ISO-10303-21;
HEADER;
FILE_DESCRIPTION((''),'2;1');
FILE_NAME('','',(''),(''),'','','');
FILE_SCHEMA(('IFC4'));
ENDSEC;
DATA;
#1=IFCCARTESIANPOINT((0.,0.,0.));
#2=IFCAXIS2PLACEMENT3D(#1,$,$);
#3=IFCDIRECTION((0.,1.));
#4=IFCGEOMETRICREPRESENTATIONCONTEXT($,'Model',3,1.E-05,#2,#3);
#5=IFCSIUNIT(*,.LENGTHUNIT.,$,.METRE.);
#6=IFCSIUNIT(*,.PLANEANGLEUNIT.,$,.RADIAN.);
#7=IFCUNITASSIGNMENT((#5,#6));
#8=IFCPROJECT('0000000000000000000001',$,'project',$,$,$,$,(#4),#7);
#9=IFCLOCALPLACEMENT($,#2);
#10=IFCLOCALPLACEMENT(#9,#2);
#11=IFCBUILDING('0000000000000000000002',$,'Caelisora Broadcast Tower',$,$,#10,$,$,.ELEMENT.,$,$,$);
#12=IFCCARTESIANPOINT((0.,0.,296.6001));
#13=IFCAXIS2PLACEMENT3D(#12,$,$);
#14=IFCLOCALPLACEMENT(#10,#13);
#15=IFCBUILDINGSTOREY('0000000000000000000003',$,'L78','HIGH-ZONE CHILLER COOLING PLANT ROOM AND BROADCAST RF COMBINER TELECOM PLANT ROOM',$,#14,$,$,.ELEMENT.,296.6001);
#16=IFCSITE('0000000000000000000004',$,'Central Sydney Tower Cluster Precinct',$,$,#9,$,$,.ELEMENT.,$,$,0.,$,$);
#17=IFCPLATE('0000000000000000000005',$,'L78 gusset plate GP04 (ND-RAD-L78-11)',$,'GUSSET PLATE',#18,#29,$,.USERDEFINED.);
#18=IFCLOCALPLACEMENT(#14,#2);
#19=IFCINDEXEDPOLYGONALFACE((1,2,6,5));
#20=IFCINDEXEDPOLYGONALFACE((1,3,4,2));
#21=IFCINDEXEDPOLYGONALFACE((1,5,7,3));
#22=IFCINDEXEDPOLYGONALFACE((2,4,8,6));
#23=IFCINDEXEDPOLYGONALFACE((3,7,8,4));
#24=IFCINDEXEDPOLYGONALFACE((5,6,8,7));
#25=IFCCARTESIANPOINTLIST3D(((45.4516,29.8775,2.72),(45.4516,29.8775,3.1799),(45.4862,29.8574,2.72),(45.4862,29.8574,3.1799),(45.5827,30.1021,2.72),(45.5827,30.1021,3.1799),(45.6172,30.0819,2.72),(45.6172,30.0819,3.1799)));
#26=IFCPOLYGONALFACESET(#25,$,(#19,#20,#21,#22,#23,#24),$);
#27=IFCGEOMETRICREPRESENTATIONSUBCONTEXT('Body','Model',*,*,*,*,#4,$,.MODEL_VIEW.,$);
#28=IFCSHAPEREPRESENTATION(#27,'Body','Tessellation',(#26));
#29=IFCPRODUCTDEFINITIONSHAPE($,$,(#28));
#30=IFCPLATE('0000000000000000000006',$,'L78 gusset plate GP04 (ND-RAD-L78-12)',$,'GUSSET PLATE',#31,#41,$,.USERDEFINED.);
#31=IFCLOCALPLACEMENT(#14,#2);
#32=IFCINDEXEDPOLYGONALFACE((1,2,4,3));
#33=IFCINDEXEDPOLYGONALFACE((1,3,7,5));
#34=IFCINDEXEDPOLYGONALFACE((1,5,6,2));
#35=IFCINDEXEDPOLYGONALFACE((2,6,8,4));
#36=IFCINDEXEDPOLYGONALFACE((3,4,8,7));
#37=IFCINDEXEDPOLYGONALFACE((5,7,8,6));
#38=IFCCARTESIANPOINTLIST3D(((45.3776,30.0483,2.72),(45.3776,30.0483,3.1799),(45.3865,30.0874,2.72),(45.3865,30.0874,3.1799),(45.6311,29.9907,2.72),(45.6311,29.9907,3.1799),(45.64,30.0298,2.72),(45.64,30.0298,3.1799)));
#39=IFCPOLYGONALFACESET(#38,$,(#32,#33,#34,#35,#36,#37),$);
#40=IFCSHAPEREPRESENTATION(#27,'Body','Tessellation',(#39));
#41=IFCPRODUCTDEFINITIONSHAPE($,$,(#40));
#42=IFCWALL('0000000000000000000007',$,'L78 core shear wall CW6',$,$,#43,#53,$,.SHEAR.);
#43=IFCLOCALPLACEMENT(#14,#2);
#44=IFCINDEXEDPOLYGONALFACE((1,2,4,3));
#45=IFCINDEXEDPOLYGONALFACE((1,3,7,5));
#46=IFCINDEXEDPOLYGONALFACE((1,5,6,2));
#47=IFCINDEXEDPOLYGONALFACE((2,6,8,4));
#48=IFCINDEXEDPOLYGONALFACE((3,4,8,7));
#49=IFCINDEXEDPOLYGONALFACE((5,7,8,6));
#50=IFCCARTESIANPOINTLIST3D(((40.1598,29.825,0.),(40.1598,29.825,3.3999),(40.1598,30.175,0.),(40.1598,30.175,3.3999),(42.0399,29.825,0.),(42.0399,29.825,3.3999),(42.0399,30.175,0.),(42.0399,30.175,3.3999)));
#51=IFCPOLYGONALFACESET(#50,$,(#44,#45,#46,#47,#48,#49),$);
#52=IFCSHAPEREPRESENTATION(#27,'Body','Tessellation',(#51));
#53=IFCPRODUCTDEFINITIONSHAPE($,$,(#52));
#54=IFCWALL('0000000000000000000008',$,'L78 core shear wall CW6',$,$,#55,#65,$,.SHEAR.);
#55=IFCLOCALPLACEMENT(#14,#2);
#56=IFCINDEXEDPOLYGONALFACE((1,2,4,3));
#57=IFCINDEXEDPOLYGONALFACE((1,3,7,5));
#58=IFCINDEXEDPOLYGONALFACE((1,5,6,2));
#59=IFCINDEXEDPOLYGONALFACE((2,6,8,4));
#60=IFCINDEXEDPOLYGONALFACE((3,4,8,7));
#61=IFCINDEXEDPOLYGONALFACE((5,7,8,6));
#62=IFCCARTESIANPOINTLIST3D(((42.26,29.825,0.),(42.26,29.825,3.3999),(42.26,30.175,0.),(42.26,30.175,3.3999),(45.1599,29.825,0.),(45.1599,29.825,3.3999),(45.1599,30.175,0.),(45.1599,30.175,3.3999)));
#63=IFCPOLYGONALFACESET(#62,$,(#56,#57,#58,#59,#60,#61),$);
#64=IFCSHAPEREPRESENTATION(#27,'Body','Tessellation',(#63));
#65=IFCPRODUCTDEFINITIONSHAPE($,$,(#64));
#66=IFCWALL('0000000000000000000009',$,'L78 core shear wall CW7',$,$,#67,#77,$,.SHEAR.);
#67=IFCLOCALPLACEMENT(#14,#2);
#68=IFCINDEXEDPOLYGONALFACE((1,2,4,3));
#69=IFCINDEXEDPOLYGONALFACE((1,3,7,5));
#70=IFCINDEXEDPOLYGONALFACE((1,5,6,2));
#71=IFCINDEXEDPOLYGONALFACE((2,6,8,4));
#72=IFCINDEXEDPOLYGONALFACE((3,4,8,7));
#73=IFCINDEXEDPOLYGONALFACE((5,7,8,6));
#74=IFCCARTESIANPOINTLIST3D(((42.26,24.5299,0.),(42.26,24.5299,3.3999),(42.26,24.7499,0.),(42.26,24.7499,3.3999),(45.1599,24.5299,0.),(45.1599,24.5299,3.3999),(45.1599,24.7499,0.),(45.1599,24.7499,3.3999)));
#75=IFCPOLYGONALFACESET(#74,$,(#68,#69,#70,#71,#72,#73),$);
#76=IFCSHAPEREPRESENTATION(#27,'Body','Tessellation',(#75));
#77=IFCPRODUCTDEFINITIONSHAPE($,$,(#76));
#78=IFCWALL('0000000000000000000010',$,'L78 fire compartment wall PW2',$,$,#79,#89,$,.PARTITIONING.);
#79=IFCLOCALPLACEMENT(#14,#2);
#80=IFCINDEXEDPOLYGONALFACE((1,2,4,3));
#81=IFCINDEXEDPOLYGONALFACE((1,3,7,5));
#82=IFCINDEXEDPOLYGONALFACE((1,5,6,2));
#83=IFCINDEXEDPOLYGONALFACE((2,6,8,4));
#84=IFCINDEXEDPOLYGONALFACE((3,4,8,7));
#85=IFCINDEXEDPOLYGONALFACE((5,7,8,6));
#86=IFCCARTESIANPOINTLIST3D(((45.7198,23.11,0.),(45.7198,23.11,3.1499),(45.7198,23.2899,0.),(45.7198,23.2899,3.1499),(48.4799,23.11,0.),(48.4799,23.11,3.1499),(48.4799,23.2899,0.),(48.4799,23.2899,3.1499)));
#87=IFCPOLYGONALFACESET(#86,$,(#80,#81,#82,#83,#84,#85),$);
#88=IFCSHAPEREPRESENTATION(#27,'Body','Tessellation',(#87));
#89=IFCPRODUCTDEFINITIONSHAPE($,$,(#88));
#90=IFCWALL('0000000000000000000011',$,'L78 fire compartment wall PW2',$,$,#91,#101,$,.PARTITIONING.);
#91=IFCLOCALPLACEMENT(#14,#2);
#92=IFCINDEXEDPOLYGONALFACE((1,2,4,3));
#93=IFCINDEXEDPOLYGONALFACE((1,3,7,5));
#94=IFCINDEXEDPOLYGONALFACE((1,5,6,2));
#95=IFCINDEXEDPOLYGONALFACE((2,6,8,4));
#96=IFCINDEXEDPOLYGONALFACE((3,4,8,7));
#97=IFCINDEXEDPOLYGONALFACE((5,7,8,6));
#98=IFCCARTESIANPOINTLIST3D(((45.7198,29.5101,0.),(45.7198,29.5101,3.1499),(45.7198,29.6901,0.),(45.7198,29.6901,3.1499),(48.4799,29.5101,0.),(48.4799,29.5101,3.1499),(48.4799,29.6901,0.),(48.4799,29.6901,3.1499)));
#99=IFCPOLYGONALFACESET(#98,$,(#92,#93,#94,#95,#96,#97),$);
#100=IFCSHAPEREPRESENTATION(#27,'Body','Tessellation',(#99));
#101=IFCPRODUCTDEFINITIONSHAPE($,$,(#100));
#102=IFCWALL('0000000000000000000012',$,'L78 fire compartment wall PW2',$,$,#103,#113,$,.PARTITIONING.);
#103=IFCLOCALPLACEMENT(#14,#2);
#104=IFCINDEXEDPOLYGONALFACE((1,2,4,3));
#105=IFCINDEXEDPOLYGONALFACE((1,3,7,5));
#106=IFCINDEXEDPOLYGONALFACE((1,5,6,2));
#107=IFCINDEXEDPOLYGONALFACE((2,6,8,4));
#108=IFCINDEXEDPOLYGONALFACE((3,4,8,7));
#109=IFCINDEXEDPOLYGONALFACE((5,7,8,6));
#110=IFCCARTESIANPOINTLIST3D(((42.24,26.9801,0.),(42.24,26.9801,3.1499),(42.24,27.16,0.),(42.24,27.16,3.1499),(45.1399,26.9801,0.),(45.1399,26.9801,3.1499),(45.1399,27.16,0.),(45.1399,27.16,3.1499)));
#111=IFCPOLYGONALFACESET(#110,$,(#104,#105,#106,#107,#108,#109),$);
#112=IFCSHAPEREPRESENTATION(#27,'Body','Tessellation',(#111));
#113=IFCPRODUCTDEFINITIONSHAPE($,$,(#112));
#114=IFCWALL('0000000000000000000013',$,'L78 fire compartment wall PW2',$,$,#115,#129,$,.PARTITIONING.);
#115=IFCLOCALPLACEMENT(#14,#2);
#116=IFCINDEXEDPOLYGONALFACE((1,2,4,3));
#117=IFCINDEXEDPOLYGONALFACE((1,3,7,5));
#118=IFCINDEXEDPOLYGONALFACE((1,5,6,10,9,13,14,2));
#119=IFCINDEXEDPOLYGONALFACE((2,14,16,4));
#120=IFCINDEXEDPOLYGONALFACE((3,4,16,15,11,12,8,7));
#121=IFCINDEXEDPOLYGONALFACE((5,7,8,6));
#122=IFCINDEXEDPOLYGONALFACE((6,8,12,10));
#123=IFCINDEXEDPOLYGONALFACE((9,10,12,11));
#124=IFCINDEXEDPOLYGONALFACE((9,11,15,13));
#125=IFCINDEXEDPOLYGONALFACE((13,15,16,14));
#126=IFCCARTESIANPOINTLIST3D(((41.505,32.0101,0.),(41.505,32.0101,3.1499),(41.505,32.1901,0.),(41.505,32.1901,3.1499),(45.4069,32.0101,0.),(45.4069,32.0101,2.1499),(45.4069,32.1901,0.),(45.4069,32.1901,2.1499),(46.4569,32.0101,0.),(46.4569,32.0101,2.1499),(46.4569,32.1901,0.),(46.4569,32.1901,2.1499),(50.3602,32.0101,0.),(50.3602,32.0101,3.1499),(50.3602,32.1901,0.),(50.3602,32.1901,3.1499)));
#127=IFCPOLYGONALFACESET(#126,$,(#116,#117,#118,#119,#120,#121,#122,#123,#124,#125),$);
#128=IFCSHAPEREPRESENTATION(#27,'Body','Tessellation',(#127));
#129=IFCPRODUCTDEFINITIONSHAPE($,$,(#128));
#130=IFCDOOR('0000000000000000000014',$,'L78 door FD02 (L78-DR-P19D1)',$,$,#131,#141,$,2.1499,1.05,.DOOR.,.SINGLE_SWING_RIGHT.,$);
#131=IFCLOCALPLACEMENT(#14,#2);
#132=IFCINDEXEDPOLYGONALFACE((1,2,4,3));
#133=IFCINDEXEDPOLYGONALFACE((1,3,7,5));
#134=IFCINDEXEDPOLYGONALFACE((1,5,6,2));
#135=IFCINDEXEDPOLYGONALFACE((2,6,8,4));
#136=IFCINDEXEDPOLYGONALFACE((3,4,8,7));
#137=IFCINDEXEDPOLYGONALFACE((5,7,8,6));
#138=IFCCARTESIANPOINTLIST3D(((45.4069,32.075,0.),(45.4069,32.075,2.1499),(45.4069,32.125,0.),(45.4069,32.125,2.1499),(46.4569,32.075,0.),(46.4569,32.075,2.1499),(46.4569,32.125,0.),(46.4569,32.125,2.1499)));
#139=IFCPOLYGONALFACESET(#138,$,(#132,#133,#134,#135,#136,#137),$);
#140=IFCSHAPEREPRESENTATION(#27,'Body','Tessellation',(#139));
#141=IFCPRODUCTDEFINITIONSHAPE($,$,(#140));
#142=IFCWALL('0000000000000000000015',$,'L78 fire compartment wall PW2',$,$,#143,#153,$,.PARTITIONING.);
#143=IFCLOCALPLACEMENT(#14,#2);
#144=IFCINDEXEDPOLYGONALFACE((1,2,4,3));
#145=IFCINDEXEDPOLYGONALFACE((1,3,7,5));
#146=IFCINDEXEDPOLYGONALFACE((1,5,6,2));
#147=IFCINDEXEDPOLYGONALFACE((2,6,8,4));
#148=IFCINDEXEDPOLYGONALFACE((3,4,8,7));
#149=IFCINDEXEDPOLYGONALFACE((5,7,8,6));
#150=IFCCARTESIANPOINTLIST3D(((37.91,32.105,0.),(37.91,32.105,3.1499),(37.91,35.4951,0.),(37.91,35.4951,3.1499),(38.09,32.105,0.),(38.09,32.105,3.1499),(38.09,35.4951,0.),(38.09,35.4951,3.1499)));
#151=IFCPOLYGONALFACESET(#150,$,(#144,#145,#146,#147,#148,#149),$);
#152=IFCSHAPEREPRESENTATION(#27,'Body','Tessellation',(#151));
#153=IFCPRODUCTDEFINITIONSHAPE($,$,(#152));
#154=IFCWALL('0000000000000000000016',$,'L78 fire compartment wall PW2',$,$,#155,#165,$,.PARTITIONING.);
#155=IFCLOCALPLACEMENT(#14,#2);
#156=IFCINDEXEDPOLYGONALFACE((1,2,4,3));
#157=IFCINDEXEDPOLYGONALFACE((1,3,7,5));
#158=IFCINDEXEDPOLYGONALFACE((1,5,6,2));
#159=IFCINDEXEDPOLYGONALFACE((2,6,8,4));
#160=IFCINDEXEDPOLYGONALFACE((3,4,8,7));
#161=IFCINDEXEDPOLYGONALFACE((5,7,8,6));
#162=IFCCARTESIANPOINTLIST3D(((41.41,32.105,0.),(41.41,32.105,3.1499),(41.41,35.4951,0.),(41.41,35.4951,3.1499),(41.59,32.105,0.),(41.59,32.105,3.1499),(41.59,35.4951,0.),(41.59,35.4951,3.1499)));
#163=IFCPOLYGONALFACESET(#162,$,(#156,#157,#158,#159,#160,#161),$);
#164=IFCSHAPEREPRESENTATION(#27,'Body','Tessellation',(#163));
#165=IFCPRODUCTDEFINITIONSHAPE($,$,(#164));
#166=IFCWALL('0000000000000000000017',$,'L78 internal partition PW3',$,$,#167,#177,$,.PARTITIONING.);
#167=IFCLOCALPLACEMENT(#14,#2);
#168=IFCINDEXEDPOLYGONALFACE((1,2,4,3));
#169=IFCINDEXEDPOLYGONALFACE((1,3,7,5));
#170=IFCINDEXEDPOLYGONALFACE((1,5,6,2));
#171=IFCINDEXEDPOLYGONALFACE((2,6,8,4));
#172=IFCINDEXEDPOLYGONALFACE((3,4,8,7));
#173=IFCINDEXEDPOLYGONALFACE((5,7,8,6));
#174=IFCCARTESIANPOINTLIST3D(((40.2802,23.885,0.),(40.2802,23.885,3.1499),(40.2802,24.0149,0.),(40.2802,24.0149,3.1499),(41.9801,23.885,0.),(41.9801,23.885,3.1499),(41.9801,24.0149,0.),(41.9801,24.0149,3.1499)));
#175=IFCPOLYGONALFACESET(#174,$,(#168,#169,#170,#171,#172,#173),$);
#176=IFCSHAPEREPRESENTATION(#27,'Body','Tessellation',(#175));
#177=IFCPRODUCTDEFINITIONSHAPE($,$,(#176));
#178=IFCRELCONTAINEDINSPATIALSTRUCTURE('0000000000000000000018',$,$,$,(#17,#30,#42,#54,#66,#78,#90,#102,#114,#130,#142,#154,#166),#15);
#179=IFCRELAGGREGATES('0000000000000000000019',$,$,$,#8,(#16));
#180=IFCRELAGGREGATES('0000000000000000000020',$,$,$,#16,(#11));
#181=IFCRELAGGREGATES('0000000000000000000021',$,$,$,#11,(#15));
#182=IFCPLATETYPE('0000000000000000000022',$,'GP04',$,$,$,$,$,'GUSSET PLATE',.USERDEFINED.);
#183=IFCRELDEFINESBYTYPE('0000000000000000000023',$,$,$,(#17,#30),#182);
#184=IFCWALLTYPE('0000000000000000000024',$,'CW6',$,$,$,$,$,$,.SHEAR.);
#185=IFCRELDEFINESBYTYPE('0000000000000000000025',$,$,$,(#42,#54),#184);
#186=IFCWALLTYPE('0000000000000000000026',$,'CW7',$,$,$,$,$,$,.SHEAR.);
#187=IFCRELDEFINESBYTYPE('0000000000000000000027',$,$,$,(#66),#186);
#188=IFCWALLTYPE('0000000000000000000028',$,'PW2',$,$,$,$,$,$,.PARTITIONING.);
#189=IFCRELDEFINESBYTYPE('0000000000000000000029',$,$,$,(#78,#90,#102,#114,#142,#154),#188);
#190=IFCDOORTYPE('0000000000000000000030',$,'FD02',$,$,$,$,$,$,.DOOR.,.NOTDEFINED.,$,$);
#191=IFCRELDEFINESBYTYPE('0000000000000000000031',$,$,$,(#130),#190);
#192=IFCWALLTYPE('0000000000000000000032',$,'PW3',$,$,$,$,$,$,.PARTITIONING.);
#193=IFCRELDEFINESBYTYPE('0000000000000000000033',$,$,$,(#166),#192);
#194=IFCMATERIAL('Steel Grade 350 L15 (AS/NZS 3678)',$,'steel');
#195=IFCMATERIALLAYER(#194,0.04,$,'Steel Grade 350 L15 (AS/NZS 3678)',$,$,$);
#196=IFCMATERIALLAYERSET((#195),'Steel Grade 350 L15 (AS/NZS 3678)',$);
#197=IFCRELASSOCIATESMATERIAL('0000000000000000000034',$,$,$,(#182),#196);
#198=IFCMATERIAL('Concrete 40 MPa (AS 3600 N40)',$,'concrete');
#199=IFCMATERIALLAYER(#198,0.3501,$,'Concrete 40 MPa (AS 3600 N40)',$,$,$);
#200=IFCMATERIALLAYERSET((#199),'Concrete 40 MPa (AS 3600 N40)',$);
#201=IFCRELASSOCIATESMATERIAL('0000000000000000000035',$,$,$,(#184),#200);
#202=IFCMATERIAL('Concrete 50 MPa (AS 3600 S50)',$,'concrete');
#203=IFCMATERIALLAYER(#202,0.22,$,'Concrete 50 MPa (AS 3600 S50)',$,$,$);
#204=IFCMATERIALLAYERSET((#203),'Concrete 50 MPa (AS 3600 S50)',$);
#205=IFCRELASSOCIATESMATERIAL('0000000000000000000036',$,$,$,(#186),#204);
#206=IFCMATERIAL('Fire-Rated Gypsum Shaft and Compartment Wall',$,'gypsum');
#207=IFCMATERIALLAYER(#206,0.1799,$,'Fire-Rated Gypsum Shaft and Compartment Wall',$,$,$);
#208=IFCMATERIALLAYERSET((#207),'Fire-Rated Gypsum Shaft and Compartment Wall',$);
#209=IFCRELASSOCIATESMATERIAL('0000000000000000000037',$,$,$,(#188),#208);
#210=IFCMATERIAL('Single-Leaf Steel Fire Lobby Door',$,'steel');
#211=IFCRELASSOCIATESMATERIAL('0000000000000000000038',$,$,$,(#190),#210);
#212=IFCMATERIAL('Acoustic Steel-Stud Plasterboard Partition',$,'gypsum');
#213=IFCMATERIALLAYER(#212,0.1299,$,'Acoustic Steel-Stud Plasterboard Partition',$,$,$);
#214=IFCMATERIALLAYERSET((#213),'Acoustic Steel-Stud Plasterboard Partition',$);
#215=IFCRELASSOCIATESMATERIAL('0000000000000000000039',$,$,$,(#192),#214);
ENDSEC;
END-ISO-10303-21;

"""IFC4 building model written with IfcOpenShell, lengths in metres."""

from ifc_helpers import new_model, si_unit, direction, frame, frame_2d, origin, origin_2d, place, context, subcontext, project, spatial, rectangle, extrude, source, transform, mapped, material, layer, layer_set, type_object, type_shapes, element, fill, save


model = new_model("IFC4")

# Units and contexts
model_context = context("Model", 3, precision=1e-05, world=origin(), true_north=direction((0.0, 1.0)))
body_context = subcontext(model_context, "Body", "Model", "MODEL_VIEW")
ifc_project = project(units=[si_unit("LENGTHUNIT", "METRE"), si_unit("PLANEANGLEUNIT", "RADIAN")], contexts=[model_context])

# Site, building, storey
site_placement = place(None, origin())
site = spatial("IfcSite", under=ifc_project, at=site_placement, Name="Central Sydney Tower Cluster Precinct", CompositionType="ELEMENT", RefElevation=0.0)
building_placement = place(site_placement, origin())
building = spatial("IfcBuilding", under=site, at=building_placement, Name="Caelisora Broadcast Tower", CompositionType="ELEMENT")
storey_placement = place(building_placement, frame((0.0, 0.0, 296.6001)))
storey = spatial("IfcBuildingStorey", under=building, at=storey_placement, Name="L78", Description="HIGH-ZONE CHILLER COOLING PLANT ROOM AND BROADCAST RF COMBINER TELECOM PLANT ROOM", CompositionType="ELEMENT", Elevation=296.6001)

# Plates
ifc_material_1 = material(Name="Steel Grade 350 L15 (AS/NZS 3678)", Category="steel")
ifc_layer_1 = layer(ifc_material_1, 0.04, Name="Steel Grade 350 L15 (AS/NZS 3678)")
ifc_layer_set_1 = layer_set([ifc_layer_1], Name="Steel Grade 350 L15 (AS/NZS 3678)")
plate_type = type_object("IfcPlateType", Name="GP04", ElementType="GUSSET PLATE", PredefinedType="USERDEFINED", material=ifc_layer_set_1)
shared_shape_1 = source(origin(), body_context, "Body", "SweptSolid", [
    extrude(rectangle(XDim=0.26, YDim=0.04, at=origin_2d()), origin(), (0.0, 0.0, 1.0), 0.46),
])
type_shapes(plate_type, [shared_shape_1])
for number, where, z_axis, x_axis, name in (
    (1, (45.5344, 29.9797, 2.72), (0.0, 0.0, 1.0), (0.504075, 0.86366, 0.0), "L78 gusset plate GP04 (ND-RAD-L78-11)"),
    (2, (45.5088, 30.0391, 2.72), (0.0, 0.0, 1.0), (-0.975149, 0.221548, 0.0), "L78 gusset plate GP04 (ND-RAD-L78-12)"),
):
    element("IfcPlate", number, at=place(storey_placement, frame(where, z_axis=z_axis, x_axis=x_axis)), inside=storey, type_object=plate_type, Name=name, ObjectType="GUSSET PLATE", PredefinedType="USERDEFINED", context=body_context, shape_type="MappedRepresentation", body=[
        mapped(shared_shape_1, transform((0.0, 0.0, 0.0), scale=1.0)),
    ])

# Walls
ifc_material_2 = material(Name="Concrete 40 MPa (AS 3600 N40)", Category="concrete")
ifc_layer_2 = layer(ifc_material_2, 0.3501, Name="Concrete 40 MPa (AS 3600 N40)")
ifc_layer_set_2 = layer_set([ifc_layer_2], Name="Concrete 40 MPa (AS 3600 N40)")
wall_type_1 = type_object("IfcWallType", Name="CW6", PredefinedType="SHEAR", material=ifc_layer_set_2)
wall_1_placement = place(storey_placement, frame((40.1599, 30.0, 0.0), z_axis=(0.0, 0.0, 1.0), x_axis=(1.0, 0.0, 0.0)))
element("IfcWall", 3, at=wall_1_placement, inside=storey, type_object=wall_type_1, Name="L78 core shear wall CW6", PredefinedType="SHEAR", context=body_context, shape_type="SweptSolid", body=[
    extrude(rectangle(XDim=1.8801, YDim=0.3501, at=frame_2d((0.9399, 0.0))), origin(), (0.0, 0.0, 1.0), 3.3999),
])
wall_2_placement = place(storey_placement, frame((42.26, 30.0, 0.0), z_axis=(0.0, 0.0, 1.0), x_axis=(1.0, 0.0, 0.0)))
element("IfcWall", 4, at=wall_2_placement, inside=storey, type_object=wall_type_1, Name="L78 core shear wall CW6", PredefinedType="SHEAR", context=body_context, shape_type="SweptSolid", body=[
    extrude(rectangle(XDim=2.8999, YDim=0.3501, at=frame_2d((1.45, 0.0))), origin(), (0.0, 0.0, 1.0), 3.3999),
])
ifc_material_3 = material(Name="Concrete 50 MPa (AS 3600 S50)", Category="concrete")
ifc_layer_3 = layer(ifc_material_3, 0.22, Name="Concrete 50 MPa (AS 3600 S50)")
ifc_layer_set_3 = layer_set([ifc_layer_3], Name="Concrete 50 MPa (AS 3600 S50)")
wall_type_2 = type_object("IfcWallType", Name="CW7", PredefinedType="SHEAR", material=ifc_layer_set_3)
wall_3_placement = place(storey_placement, frame((42.26, 24.6399, 0.0), z_axis=(0.0, 0.0, 1.0), x_axis=(1.0, 0.0, 0.0)))
element("IfcWall", 5, at=wall_3_placement, inside=storey, type_object=wall_type_2, Name="L78 core shear wall CW7", PredefinedType="SHEAR", context=body_context, shape_type="SweptSolid", body=[
    extrude(rectangle(XDim=2.8999, YDim=0.22, at=frame_2d((1.45, 0.0))), origin(), (0.0, 0.0, 1.0), 3.3999),
])
ifc_material_4 = material(Name="Fire-Rated Gypsum Shaft and Compartment Wall", Category="gypsum")
ifc_layer_4 = layer(ifc_material_4, 0.1799, Name="Fire-Rated Gypsum Shaft and Compartment Wall")
ifc_layer_set_4 = layer_set([ifc_layer_4], Name="Fire-Rated Gypsum Shaft and Compartment Wall")
wall_type_3 = type_object("IfcWallType", Name="PW2", PredefinedType="PARTITIONING", material=ifc_layer_set_4)
for number, where, z_axis, x_axis, name in (
    (6, (45.72, 23.2, 0.0), (0.0, 0.0, 1.0), (1.0, 0.0, 0.0), "L78 fire compartment wall PW2"),
    (7, (45.72, 29.6001, 0.0), (0.0, 0.0, 1.0), (1.0, 0.0, 0.0), "L78 fire compartment wall PW2"),
):
    element("IfcWall", number, at=place(storey_placement, frame(where, z_axis=z_axis, x_axis=x_axis)), inside=storey, type_object=wall_type_3, Name=name, PredefinedType="PARTITIONING", context=body_context, shape_type="SweptSolid", body=[
        extrude(rectangle(XDim=2.76, YDim=0.1799, at=frame_2d((1.3799, 0.0))), origin(), (0.0, 0.0, 1.0), 3.1499),
    ])
wall_4_placement = place(storey_placement, frame((42.24, 27.0701, 0.0), z_axis=(0.0, 0.0, 1.0), x_axis=(1.0, 0.0, 0.0)))
element("IfcWall", 8, at=wall_4_placement, inside=storey, type_object=wall_type_3, Name="L78 fire compartment wall PW2", PredefinedType="PARTITIONING", context=body_context, shape_type="SweptSolid", body=[
    extrude(rectangle(XDim=2.8999, YDim=0.1799, at=frame_2d((1.45, 0.0))), origin(), (0.0, 0.0, 1.0), 3.1499),
])

# Wall, opening, door
wall_5_placement = place(storey_placement, frame((41.5049, 32.1001, 0.0), z_axis=(0.0, 0.0, 1.0), x_axis=(1.0, 0.0, 0.0)))
wall_5 = element("IfcWall", 9, at=wall_5_placement, inside=storey, type_object=wall_type_3, Name="L78 fire compartment wall PW2", PredefinedType="PARTITIONING", context=body_context, shape_type="SweptSolid", body=[
    extrude(rectangle(XDim=8.8552, YDim=0.1799, at=frame_2d((4.4277, 0.0))), origin(), (0.0, 0.0, 1.0), 3.1499),
])
opening_1_placement = place(wall_5_placement, frame((3.9021, 0.0, 0.0)))
opening_1 = element("IfcOpeningElement", 10, at=opening_1_placement, cuts=wall_5, PredefinedType="OPENING", context=body_context, shape_type="SweptSolid", body=[
    extrude(rectangle(XDim=1.05, YDim=2.1499, at=frame_2d((0.5249, 1.075))), frame((0.0, 0.1021, 0.0), z_axis=(0.0, -1.0, 0.0), x_axis=(1.0, 0.0, 0.0)), (0.0, 0.0, 1.0), 0.2039),
])
ifc_material_5 = material(Name="Single-Leaf Steel Fire Lobby Door", Category="steel")
door_type = type_object("IfcDoorType", Name="FD02", OperationType="NOTDEFINED", PredefinedType="DOOR", material=ifc_material_5)
door_1_placement = place(opening_1_placement, origin())
door_1 = element("IfcDoor", 11, at=door_1_placement, inside=storey, type_object=door_type, Name="L78 door FD02 (L78-DR-P19D1)", OperationType="SINGLE_SWING_RIGHT", OverallHeight=2.1499, OverallWidth=1.05, PredefinedType="DOOR", context=body_context, shape_type="SweptSolid", body=[
    extrude(rectangle(XDim=1.05, YDim=2.1499, at=frame_2d((0.5249, 1.075))), frame((0.0, 0.0249, 0.0), z_axis=(0.0, -1.0, 0.0), x_axis=(1.0, 0.0, 0.0)), (0.0, 0.0, 1.0), 0.05),
])
fill(opening_1, door_1)

# Walls
for number, where, z_axis, x_axis, name in (
    (12, (38.0, 32.105, 0.0), (0.0, 0.0, 1.0), (0.0, 1.0, 0.0), "L78 fire compartment wall PW2"),
    (13, (41.5, 32.105, 0.0), (0.0, 0.0, 1.0), (0.0, 1.0, 0.0), "L78 fire compartment wall PW2"),
):
    element("IfcWall", number, at=place(storey_placement, frame(where, z_axis=z_axis, x_axis=x_axis)), inside=storey, type_object=wall_type_3, Name=name, PredefinedType="PARTITIONING", context=body_context, shape_type="SweptSolid", body=[
        extrude(rectangle(XDim=3.3901, YDim=0.1799, at=frame_2d((1.6951, 0.0))), origin(), (0.0, 0.0, 1.0), 3.1499),
    ])
ifc_material_6 = material(Name="Acoustic Steel-Stud Plasterboard Partition", Category="gypsum")
ifc_layer_5 = layer(ifc_material_6, 0.1299, Name="Acoustic Steel-Stud Plasterboard Partition")
ifc_layer_set_5 = layer_set([ifc_layer_5], Name="Acoustic Steel-Stud Plasterboard Partition")
wall_type_4 = type_object("IfcWallType", Name="PW3", PredefinedType="PARTITIONING", material=ifc_layer_set_5)
wall_6_placement = place(storey_placement, frame((40.28, 23.95, 0.0), z_axis=(0.0, 0.0, 1.0), x_axis=(1.0, 0.0, 0.0)))
element("IfcWall", 14, at=wall_6_placement, inside=storey, type_object=wall_type_4, Name="L78 internal partition PW3", PredefinedType="PARTITIONING", context=body_context, shape_type="SweptSolid", body=[
    extrude(rectangle(XDim=1.7, YDim=0.1299, at=frame_2d((0.8501, 0.0))), origin(), (0.0, 0.0, 1.0), 3.1499),
])

save(model, "model.ifc")
